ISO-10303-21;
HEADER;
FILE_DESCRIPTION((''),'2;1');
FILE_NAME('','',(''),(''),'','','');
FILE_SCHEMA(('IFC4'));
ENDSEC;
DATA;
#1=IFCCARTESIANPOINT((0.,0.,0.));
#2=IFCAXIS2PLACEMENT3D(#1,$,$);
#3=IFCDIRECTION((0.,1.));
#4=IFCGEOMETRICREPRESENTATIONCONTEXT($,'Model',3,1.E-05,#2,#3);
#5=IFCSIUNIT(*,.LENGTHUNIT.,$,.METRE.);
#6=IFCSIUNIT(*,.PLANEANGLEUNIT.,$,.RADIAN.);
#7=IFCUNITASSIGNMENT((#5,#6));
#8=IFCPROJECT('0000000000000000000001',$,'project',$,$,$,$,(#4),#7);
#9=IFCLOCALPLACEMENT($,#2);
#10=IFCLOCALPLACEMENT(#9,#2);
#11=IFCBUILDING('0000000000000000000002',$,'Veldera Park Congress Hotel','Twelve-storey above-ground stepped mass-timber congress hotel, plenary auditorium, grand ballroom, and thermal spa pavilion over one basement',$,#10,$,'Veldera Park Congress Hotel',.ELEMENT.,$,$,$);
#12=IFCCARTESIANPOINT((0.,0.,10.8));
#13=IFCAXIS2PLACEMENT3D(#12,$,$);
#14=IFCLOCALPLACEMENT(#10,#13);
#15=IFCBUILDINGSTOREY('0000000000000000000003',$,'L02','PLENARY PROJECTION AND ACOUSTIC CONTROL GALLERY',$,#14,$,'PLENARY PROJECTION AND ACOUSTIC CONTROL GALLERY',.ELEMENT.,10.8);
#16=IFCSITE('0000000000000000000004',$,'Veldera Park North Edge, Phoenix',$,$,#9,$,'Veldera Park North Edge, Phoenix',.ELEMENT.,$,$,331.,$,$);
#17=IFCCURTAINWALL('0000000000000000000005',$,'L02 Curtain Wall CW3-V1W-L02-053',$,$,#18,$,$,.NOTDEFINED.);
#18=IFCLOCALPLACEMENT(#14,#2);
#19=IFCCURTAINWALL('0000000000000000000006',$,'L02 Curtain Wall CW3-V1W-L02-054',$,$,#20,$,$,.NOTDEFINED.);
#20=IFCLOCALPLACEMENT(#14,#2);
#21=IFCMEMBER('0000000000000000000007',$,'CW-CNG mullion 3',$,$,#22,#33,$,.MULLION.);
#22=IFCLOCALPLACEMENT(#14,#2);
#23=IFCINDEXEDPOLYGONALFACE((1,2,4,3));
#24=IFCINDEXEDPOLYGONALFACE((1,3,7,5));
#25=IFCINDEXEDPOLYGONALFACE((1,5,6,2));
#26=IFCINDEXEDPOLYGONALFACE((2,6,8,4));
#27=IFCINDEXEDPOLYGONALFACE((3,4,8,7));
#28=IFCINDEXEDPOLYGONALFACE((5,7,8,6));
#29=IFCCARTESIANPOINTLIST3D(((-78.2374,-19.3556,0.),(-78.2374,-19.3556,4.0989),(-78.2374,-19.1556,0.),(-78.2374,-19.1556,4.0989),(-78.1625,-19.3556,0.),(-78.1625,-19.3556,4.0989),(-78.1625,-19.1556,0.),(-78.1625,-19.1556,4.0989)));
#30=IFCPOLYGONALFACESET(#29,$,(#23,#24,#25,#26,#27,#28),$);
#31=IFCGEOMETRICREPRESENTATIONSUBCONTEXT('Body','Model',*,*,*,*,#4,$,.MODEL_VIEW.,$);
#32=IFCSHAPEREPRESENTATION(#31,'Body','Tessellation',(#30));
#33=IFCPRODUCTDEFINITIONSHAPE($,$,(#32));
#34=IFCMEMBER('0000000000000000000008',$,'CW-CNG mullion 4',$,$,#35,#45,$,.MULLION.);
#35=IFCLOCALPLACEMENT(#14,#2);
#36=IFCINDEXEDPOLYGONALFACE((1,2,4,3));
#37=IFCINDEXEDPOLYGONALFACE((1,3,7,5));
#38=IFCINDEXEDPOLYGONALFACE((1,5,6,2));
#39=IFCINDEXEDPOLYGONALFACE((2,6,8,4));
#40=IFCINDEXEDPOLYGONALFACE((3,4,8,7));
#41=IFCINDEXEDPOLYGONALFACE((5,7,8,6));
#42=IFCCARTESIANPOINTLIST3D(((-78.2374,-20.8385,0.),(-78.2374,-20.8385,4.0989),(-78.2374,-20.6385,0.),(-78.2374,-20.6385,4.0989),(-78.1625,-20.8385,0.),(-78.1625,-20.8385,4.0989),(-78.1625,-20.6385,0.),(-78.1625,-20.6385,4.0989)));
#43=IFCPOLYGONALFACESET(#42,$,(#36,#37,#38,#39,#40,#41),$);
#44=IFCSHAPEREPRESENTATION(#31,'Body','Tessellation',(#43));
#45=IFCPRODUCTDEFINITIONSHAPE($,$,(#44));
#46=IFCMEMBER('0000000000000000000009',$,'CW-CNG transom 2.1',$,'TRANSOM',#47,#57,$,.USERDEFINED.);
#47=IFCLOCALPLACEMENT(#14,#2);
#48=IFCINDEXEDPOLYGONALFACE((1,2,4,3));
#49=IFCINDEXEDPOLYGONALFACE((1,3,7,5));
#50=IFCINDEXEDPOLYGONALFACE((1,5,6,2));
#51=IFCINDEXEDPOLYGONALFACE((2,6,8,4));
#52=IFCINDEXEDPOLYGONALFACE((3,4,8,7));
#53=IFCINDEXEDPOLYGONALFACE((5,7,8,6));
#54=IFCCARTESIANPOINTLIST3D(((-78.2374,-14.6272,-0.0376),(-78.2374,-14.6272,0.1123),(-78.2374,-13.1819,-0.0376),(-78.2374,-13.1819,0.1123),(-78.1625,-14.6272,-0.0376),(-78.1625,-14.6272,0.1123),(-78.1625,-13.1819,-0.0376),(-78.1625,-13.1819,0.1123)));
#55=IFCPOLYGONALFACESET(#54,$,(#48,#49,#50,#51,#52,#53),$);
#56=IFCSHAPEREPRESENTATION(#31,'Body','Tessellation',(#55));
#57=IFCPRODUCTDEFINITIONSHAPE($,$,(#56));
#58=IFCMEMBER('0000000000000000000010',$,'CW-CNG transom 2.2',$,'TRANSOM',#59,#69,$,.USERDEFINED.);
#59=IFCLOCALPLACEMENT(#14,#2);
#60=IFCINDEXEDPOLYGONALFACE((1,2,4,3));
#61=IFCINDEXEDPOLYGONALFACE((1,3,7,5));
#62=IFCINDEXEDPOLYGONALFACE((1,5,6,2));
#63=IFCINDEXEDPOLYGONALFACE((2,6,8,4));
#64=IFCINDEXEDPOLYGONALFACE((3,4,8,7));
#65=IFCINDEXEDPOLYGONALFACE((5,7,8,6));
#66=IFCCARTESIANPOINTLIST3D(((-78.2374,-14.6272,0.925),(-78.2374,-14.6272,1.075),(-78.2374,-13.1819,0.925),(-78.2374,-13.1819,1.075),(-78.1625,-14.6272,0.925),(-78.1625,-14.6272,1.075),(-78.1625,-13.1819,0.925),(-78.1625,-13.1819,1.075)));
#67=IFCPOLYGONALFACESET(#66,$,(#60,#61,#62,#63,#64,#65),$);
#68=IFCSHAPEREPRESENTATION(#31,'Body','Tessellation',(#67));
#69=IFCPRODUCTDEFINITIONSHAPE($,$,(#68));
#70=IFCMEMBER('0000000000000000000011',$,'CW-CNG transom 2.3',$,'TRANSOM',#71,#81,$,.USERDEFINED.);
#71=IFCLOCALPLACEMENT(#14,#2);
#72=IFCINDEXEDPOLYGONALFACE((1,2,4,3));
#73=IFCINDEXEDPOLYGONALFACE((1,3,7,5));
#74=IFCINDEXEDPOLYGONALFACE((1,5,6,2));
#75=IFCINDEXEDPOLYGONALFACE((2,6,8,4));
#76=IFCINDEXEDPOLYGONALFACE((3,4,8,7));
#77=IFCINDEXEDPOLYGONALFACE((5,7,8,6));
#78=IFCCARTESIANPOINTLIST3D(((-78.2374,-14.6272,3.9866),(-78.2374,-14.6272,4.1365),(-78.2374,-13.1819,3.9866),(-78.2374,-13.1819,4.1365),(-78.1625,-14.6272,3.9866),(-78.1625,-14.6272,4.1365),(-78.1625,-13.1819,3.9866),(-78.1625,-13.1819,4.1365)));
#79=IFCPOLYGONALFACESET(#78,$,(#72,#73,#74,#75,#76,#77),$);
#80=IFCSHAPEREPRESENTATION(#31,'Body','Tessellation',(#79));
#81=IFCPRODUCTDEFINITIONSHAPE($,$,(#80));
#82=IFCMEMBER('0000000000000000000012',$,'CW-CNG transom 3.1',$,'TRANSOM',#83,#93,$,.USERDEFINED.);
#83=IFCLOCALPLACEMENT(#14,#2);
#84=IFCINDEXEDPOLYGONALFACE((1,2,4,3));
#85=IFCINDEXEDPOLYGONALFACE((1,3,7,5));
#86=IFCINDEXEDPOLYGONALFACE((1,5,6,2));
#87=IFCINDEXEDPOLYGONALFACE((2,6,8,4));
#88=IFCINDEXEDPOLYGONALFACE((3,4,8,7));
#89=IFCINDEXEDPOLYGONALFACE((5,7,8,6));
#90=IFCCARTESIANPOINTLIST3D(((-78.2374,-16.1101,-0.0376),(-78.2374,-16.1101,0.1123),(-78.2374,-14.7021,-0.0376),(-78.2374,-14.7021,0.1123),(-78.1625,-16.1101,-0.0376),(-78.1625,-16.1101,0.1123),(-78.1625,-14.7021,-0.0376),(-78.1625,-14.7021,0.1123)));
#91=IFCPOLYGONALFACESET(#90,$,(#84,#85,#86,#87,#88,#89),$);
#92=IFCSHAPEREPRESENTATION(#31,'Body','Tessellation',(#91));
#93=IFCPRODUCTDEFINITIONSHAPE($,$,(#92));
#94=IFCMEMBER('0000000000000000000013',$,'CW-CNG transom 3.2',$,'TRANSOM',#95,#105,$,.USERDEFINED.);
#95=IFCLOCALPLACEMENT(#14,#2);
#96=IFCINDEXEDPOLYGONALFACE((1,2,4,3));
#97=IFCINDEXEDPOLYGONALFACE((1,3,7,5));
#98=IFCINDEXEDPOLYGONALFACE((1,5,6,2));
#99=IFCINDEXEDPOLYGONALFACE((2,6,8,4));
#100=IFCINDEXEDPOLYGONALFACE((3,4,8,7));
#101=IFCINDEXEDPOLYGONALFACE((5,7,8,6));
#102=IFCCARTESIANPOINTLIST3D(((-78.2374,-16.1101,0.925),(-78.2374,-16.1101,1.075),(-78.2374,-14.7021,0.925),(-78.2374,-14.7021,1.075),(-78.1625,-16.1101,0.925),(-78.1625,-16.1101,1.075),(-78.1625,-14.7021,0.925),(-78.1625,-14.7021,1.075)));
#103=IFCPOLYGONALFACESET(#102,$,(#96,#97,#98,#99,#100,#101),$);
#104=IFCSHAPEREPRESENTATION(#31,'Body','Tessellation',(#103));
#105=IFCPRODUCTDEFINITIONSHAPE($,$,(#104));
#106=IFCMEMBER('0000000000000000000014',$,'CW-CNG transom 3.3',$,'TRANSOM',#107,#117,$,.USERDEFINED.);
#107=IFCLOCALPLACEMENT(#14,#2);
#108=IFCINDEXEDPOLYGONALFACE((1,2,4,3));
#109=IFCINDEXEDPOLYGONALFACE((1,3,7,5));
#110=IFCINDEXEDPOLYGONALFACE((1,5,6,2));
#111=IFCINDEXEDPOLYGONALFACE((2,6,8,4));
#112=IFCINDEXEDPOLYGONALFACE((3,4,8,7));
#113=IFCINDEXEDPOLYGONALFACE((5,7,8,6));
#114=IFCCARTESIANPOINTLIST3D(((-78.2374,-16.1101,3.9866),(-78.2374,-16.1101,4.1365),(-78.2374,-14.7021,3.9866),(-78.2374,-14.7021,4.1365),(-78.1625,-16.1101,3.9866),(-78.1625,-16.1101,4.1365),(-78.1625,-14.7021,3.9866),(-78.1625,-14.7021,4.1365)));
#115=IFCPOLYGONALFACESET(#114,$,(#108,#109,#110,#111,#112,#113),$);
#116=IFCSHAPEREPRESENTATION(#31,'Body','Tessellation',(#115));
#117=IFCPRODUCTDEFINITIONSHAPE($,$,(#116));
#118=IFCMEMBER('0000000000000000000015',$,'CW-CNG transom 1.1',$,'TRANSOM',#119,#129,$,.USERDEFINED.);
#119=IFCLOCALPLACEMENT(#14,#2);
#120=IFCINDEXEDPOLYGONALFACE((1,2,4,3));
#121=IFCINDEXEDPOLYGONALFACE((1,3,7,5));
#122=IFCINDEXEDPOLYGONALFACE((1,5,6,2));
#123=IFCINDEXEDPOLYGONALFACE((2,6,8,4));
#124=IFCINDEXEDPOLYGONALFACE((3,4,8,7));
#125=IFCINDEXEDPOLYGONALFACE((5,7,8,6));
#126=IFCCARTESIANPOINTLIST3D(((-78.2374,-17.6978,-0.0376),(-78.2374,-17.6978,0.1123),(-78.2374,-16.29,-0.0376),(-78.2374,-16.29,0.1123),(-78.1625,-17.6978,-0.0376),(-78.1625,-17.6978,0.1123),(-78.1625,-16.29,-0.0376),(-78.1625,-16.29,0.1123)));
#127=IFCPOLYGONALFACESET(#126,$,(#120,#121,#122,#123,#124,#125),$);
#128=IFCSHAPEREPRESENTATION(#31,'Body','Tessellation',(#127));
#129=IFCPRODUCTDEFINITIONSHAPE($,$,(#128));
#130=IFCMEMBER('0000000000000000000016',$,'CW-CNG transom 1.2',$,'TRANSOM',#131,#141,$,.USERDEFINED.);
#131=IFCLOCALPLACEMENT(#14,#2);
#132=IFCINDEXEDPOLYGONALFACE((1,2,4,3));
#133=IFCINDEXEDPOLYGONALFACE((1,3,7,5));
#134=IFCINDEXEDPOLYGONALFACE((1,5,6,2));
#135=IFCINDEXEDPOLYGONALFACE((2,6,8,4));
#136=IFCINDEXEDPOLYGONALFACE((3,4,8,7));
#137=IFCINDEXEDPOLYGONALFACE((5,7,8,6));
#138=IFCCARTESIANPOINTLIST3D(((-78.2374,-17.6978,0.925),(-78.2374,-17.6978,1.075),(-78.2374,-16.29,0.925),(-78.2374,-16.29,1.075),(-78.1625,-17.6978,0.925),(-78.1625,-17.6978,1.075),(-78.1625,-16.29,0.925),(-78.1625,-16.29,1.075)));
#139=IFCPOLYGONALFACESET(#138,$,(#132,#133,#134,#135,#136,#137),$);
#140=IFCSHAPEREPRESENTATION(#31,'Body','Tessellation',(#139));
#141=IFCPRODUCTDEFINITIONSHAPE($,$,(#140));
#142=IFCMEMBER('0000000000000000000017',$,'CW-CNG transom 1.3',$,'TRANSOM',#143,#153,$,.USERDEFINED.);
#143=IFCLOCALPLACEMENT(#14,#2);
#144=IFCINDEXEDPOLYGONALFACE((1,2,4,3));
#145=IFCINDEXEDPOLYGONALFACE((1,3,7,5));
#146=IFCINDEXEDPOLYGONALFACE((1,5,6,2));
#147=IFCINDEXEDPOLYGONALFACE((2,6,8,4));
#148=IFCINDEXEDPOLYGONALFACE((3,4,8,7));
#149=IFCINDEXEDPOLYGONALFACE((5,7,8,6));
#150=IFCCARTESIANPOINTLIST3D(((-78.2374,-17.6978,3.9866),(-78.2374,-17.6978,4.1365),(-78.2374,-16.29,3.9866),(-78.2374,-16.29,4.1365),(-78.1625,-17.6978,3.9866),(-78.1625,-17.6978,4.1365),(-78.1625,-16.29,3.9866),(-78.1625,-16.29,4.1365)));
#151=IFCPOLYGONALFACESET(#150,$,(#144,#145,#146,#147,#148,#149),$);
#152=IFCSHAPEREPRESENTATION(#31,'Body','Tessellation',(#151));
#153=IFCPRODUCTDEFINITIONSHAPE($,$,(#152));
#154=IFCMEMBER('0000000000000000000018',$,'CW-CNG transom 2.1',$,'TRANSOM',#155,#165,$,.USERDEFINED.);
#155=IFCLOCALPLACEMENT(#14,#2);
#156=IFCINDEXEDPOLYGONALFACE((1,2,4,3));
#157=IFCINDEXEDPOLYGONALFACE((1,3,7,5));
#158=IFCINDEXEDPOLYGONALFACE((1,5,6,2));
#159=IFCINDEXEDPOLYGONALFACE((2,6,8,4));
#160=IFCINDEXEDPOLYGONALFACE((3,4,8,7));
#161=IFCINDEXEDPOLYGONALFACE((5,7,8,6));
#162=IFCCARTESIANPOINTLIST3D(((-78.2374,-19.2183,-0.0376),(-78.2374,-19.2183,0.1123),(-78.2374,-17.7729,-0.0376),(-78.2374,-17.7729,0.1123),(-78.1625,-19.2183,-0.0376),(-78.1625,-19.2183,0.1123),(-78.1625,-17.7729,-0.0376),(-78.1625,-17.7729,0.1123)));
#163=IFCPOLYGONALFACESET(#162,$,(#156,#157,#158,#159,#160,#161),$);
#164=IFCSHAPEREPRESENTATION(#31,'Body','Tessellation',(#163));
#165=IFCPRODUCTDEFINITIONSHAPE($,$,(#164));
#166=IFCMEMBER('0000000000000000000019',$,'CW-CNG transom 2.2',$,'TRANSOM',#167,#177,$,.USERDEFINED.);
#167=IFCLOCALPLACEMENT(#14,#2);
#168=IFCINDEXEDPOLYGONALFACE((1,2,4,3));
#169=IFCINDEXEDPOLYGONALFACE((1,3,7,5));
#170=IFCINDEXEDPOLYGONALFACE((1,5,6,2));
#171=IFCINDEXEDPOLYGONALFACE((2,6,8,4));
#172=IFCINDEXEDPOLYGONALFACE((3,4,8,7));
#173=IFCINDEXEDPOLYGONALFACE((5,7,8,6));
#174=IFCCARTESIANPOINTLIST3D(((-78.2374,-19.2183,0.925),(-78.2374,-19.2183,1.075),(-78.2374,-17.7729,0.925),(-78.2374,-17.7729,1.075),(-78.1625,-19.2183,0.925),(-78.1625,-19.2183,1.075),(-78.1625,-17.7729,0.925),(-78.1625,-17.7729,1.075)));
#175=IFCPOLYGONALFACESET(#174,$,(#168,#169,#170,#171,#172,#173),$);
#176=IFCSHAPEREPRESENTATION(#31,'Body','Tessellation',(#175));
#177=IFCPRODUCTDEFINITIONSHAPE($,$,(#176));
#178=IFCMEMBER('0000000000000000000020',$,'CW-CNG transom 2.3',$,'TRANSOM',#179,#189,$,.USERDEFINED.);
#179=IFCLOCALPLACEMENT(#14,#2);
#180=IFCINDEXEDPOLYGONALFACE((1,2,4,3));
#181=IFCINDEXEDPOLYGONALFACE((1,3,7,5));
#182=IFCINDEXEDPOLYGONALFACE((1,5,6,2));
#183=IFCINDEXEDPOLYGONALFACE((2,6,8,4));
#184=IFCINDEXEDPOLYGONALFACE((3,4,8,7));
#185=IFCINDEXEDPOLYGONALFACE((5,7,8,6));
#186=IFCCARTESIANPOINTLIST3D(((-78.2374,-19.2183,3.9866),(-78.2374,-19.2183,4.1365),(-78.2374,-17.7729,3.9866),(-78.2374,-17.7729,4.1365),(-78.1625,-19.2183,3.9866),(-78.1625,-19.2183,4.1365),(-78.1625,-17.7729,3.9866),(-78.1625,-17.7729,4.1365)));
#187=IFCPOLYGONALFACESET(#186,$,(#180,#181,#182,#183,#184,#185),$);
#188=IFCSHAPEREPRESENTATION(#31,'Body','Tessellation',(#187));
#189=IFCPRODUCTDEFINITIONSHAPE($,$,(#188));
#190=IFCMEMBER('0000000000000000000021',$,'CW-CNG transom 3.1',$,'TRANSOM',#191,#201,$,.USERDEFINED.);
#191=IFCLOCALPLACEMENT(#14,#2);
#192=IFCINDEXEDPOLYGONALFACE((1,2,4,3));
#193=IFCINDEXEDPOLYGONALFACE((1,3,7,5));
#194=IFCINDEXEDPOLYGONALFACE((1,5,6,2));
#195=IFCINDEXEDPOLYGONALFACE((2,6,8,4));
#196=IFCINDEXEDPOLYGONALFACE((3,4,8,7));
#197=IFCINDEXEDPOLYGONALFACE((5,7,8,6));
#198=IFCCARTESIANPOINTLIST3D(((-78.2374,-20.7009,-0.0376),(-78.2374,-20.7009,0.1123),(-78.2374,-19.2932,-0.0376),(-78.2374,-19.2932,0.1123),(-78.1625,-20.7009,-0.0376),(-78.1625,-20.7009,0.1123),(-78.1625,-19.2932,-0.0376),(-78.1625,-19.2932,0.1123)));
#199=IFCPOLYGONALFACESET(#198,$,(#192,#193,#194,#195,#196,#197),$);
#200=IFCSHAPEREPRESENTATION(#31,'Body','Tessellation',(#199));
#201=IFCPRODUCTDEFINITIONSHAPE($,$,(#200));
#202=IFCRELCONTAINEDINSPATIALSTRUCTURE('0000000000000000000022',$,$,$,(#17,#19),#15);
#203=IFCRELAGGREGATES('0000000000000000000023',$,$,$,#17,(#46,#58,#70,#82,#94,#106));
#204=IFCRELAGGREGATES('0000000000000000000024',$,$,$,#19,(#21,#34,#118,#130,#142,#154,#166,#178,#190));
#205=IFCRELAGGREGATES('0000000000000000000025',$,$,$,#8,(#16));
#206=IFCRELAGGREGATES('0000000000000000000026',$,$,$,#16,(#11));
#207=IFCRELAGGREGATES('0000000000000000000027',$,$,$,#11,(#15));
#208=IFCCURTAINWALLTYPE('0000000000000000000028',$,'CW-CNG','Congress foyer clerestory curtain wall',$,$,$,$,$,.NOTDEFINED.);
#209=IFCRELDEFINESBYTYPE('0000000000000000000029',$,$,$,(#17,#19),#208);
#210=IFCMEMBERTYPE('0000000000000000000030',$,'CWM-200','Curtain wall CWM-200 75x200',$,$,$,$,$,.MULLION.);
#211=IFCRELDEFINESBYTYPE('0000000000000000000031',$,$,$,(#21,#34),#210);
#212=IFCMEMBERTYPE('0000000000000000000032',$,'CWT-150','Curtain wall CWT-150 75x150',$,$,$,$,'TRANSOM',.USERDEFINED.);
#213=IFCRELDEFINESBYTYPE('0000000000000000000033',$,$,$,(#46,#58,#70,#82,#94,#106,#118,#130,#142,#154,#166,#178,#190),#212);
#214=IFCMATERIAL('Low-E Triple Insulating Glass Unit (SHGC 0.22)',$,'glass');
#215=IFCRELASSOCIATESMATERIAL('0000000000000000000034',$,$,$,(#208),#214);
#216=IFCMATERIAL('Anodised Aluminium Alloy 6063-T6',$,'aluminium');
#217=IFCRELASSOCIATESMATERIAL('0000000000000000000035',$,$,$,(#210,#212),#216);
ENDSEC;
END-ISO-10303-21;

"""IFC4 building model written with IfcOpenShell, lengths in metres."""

from ifc_helpers import new_model, si_unit, direction, frame, origin, origin_2d, place, context, subcontext, project, spatial, rectangle, extrude, material, material_profile, profile_set, type_object, element, aggregate, save


model = new_model("IFC4")

# Units and contexts
model_context = context("Model", 3, precision=1e-05, world=origin(), true_north=direction((0.0, 1.0)))
body_context = subcontext(model_context, "Body", "Model", "MODEL_VIEW")
ifc_project = project(units=[si_unit("LENGTHUNIT", "METRE"), si_unit("PLANEANGLEUNIT", "RADIAN")], contexts=[model_context])

# Site, building, storey
site_placement = place(None, origin())
site = spatial("IfcSite", under=ifc_project, at=site_placement, Name="Veldera Park North Edge, Phoenix", LongName="Veldera Park North Edge, Phoenix", CompositionType="ELEMENT", RefElevation=331.0)
building_placement = place(site_placement, origin())
building = spatial("IfcBuilding", under=site, at=building_placement, Name="Veldera Park Congress Hotel", Description="Twelve-storey above-ground stepped mass-timber congress hotel, plenary auditorium, grand ballroom, and thermal spa pavilion over one basement", LongName="Veldera Park Congress Hotel", CompositionType="ELEMENT")
storey_placement = place(building_placement, frame((0.0, 0.0, 10.8)))
storey = spatial("IfcBuildingStorey", under=building, at=storey_placement, Name="L02", Description="PLENARY PROJECTION AND ACOUSTIC CONTROL GALLERY", LongName="PLENARY PROJECTION AND ACOUSTIC CONTROL GALLERY", CompositionType="ELEMENT", Elevation=10.8)

# Curtain walls, members
ifc_material_1 = material(Name="Low-E Triple Insulating Glass Unit (SHGC 0.22)", Category="glass")
curtain_wall_type = type_object("IfcCurtainWallType", Name="CW-CNG", Description="Congress foyer clerestory curtain wall", PredefinedType="NOTDEFINED", material=ifc_material_1)
curtain_wall_1_placement = place(storey_placement, origin())
curtain_wall_1 = element("IfcCurtainWall", 1, at=curtain_wall_1_placement, inside=storey, type_object=curtain_wall_type, Name="L02 Curtain Wall CW3-V1W-L02-053", PredefinedType="NOTDEFINED")
ifc_material_2 = material(Name="Anodised Aluminium Alloy 6063-T6", Category="aluminium")
ifc_material_profile_1 = material_profile(ifc_material_2, rectangle(XDim=0.075, YDim=0.2, at=origin_2d()), Name="ALU 75x200")
ifc_profile_set_1 = profile_set([ifc_material_profile_1], Name="Anodised Aluminium Alloy 6063-T6")
member_type_1 = type_object("IfcMemberType", Name="CWM-200", Description="Curtain wall CWM-200 75x200", PredefinedType="MULLION", material=ifc_profile_set_1)
curtain_wall_2_placement = place(storey_placement, origin())
curtain_wall_2 = element("IfcCurtainWall", 2, at=curtain_wall_2_placement, inside=storey, type_object=curtain_wall_type, Name="L02 Curtain Wall CW3-V1W-L02-054", PredefinedType="NOTDEFINED")
member_1_placement = place(storey_placement, frame((-78.2, -19.2556, 0.0), z_axis=(0.0, 0.0, 1.0), x_axis=(1.0, 0.0, 0.0)))
member_1 = element("IfcMember", 3, at=member_1_placement, type_object=member_type_1, Name="CW-CNG mullion 3", PredefinedType="MULLION", context=body_context, shape_type="SweptSolid", body=[
    extrude(rectangle(XDim=0.075, YDim=0.2, at=origin_2d()), origin(), (0.0, 0.0, 1.0), 4.0989),
])
member_2_placement = place(storey_placement, frame((-78.2, -20.7385, 0.0), z_axis=(0.0, 0.0, 1.0), x_axis=(1.0, 0.0, 0.0)))
member_2 = element("IfcMember", 4, at=member_2_placement, type_object=member_type_1, Name="CW-CNG mullion 4", PredefinedType="MULLION", context=body_context, shape_type="SweptSolid", body=[
    extrude(rectangle(XDim=0.075, YDim=0.2, at=origin_2d()), origin(), (0.0, 0.0, 1.0), 4.0989),
])

# Members
ifc_material_profile_2 = material_profile(ifc_material_2, rectangle(XDim=0.075, YDim=0.1499, at=origin_2d()), Name="ALU 75x150")
ifc_profile_set_2 = profile_set([ifc_material_profile_2], Name="Anodised Aluminium Alloy 6063-T6")
member_type_2 = type_object("IfcMemberType", Name="CWT-150", Description="Curtain wall CWT-150 75x150", ElementType="TRANSOM", PredefinedType="USERDEFINED", material=ifc_profile_set_2)
member_3_placement = place(storey_placement, frame((-78.2, -13.1819, 0.0374), z_axis=(0.0, -1.0, 0.0), x_axis=(1.0, 0.0, 0.0)))
member_3 = element("IfcMember", 5, at=member_3_placement, type_object=member_type_2, Name="CW-CNG transom 2.1", ObjectType="TRANSOM", PredefinedType="USERDEFINED", context=body_context, shape_type="SweptSolid", body=[
    extrude(rectangle(XDim=0.075, YDim=0.1499, at=origin_2d()), origin(), (0.0, 0.0, 1.0), 1.4453),
])
member_4_placement = place(storey_placement, frame((-78.2, -13.1819, 1.0), z_axis=(0.0, -1.0, 0.0), x_axis=(1.0, 0.0, 0.0)))
member_4 = element("IfcMember", 6, at=member_4_placement, type_object=member_type_2, Name="CW-CNG transom 2.2", ObjectType="TRANSOM", PredefinedType="USERDEFINED", context=body_context, shape_type="SweptSolid", body=[
    extrude(rectangle(XDim=0.075, YDim=0.1499, at=origin_2d()), origin(), (0.0, 0.0, 1.0), 1.4453),
])
member_5_placement = place(storey_placement, frame((-78.2, -13.1819, 4.0615), z_axis=(0.0, -1.0, 0.0), x_axis=(1.0, 0.0, 0.0)))
member_5 = element("IfcMember", 7, at=member_5_placement, type_object=member_type_2, Name="CW-CNG transom 2.3", ObjectType="TRANSOM", PredefinedType="USERDEFINED", context=body_context, shape_type="SweptSolid", body=[
    extrude(rectangle(XDim=0.075, YDim=0.1499, at=origin_2d()), origin(), (0.0, 0.0, 1.0), 1.4453),
])
member_6_placement = place(storey_placement, frame((-78.2, -14.7021, 0.0374), z_axis=(0.0, -1.0, 0.0), x_axis=(1.0, 0.0, 0.0)))
member_6 = element("IfcMember", 8, at=member_6_placement, type_object=member_type_2, Name="CW-CNG transom 3.1", ObjectType="TRANSOM", PredefinedType="USERDEFINED", context=body_context, shape_type="SweptSolid", body=[
    extrude(rectangle(XDim=0.075, YDim=0.1499, at=origin_2d()), origin(), (0.0, 0.0, 1.0), 1.408),
])
member_7_placement = place(storey_placement, frame((-78.2, -14.7021, 1.0), z_axis=(0.0, -1.0, 0.0), x_axis=(1.0, 0.0, 0.0)))
member_7 = element("IfcMember", 9, at=member_7_placement, type_object=member_type_2, Name="CW-CNG transom 3.2", ObjectType="TRANSOM", PredefinedType="USERDEFINED", context=body_context, shape_type="SweptSolid", body=[
    extrude(rectangle(XDim=0.075, YDim=0.1499, at=origin_2d()), origin(), (0.0, 0.0, 1.0), 1.408),
])
member_8_placement = place(storey_placement, frame((-78.2, -14.7021, 4.0615), z_axis=(0.0, -1.0, 0.0), x_axis=(1.0, 0.0, 0.0)))
member_8 = element("IfcMember", 10, at=member_8_placement, type_object=member_type_2, Name="CW-CNG transom 3.3", ObjectType="TRANSOM", PredefinedType="USERDEFINED", context=body_context, shape_type="SweptSolid", body=[
    extrude(rectangle(XDim=0.075, YDim=0.1499, at=origin_2d()), origin(), (0.0, 0.0, 1.0), 1.408),
])
member_9_placement = place(storey_placement, frame((-78.2, -16.29, 0.0374), z_axis=(0.0, -1.0, 0.0), x_axis=(1.0, 0.0, 0.0)))
member_9 = element("IfcMember", 11, at=member_9_placement, type_object=member_type_2, Name="CW-CNG transom 1.1", ObjectType="TRANSOM", PredefinedType="USERDEFINED", context=body_context, shape_type="SweptSolid", body=[
    extrude(rectangle(XDim=0.075, YDim=0.1499, at=origin_2d()), origin(), (0.0, 0.0, 1.0), 1.4077),
])
member_10_placement = place(storey_placement, frame((-78.2, -16.29, 1.0), z_axis=(0.0, -1.0, 0.0), x_axis=(1.0, 0.0, 0.0)))
member_10 = element("IfcMember", 12, at=member_10_placement, type_object=member_type_2, Name="CW-CNG transom 1.2", ObjectType="TRANSOM", PredefinedType="USERDEFINED", context=body_context, shape_type="SweptSolid", body=[
    extrude(rectangle(XDim=0.075, YDim=0.1499, at=origin_2d()), origin(), (0.0, 0.0, 1.0), 1.4077),
])
member_11_placement = place(storey_placement, frame((-78.2, -16.29, 4.0615), z_axis=(0.0, -1.0, 0.0), x_axis=(1.0, 0.0, 0.0)))
member_11 = element("IfcMember", 13, at=member_11_placement, type_object=member_type_2, Name="CW-CNG transom 1.3", ObjectType="TRANSOM", PredefinedType="USERDEFINED", context=body_context, shape_type="SweptSolid", body=[
    extrude(rectangle(XDim=0.075, YDim=0.1499, at=origin_2d()), origin(), (0.0, 0.0, 1.0), 1.4077),
])
member_12_placement = place(storey_placement, frame((-78.2, -17.7729, 0.0374), z_axis=(0.0, -1.0, 0.0), x_axis=(1.0, 0.0, 0.0)))
member_12 = element("IfcMember", 14, at=member_12_placement, type_object=member_type_2, Name="CW-CNG transom 2.1", ObjectType="TRANSOM", PredefinedType="USERDEFINED", context=body_context, shape_type="SweptSolid", body=[
    extrude(rectangle(XDim=0.075, YDim=0.1499, at=origin_2d()), origin(), (0.0, 0.0, 1.0), 1.4453),
])
member_13_placement = place(storey_placement, frame((-78.2, -17.7729, 1.0), z_axis=(0.0, -1.0, 0.0), x_axis=(1.0, 0.0, 0.0)))
member_13 = element("IfcMember", 15, at=member_13_placement, type_object=member_type_2, Name="CW-CNG transom 2.2", ObjectType="TRANSOM", PredefinedType="USERDEFINED", context=body_context, shape_type="SweptSolid", body=[
    extrude(rectangle(XDim=0.075, YDim=0.1499, at=origin_2d()), origin(), (0.0, 0.0, 1.0), 1.4453),
])
member_14_placement = place(storey_placement, frame((-78.2, -17.7729, 4.0615), z_axis=(0.0, -1.0, 0.0), x_axis=(1.0, 0.0, 0.0)))
member_14 = element("IfcMember", 16, at=member_14_placement, type_object=member_type_2, Name="CW-CNG transom 2.3", ObjectType="TRANSOM", PredefinedType="USERDEFINED", context=body_context, shape_type="SweptSolid", body=[
    extrude(rectangle(XDim=0.075, YDim=0.1499, at=origin_2d()), origin(), (0.0, 0.0, 1.0), 1.4453),
])
member_15_placement = place(storey_placement, frame((-78.2, -19.2932, 0.0374), z_axis=(0.0, -1.0, 0.0), x_axis=(1.0, 0.0, 0.0)))
member_15 = element("IfcMember", 17, at=member_15_placement, type_object=member_type_2, Name="CW-CNG transom 3.1", ObjectType="TRANSOM", PredefinedType="USERDEFINED", context=body_context, shape_type="SweptSolid", body=[
    extrude(rectangle(XDim=0.075, YDim=0.1499, at=origin_2d()), origin(), (0.0, 0.0, 1.0), 1.4077),
])

aggregate(curtain_wall_1, [member_3, member_4, member_5, member_6, member_7, member_8])
aggregate(curtain_wall_2, [member_1, member_2, member_9, member_10, member_11, member_12, member_13, member_14, member_15])

save(model, "model.ifc")
